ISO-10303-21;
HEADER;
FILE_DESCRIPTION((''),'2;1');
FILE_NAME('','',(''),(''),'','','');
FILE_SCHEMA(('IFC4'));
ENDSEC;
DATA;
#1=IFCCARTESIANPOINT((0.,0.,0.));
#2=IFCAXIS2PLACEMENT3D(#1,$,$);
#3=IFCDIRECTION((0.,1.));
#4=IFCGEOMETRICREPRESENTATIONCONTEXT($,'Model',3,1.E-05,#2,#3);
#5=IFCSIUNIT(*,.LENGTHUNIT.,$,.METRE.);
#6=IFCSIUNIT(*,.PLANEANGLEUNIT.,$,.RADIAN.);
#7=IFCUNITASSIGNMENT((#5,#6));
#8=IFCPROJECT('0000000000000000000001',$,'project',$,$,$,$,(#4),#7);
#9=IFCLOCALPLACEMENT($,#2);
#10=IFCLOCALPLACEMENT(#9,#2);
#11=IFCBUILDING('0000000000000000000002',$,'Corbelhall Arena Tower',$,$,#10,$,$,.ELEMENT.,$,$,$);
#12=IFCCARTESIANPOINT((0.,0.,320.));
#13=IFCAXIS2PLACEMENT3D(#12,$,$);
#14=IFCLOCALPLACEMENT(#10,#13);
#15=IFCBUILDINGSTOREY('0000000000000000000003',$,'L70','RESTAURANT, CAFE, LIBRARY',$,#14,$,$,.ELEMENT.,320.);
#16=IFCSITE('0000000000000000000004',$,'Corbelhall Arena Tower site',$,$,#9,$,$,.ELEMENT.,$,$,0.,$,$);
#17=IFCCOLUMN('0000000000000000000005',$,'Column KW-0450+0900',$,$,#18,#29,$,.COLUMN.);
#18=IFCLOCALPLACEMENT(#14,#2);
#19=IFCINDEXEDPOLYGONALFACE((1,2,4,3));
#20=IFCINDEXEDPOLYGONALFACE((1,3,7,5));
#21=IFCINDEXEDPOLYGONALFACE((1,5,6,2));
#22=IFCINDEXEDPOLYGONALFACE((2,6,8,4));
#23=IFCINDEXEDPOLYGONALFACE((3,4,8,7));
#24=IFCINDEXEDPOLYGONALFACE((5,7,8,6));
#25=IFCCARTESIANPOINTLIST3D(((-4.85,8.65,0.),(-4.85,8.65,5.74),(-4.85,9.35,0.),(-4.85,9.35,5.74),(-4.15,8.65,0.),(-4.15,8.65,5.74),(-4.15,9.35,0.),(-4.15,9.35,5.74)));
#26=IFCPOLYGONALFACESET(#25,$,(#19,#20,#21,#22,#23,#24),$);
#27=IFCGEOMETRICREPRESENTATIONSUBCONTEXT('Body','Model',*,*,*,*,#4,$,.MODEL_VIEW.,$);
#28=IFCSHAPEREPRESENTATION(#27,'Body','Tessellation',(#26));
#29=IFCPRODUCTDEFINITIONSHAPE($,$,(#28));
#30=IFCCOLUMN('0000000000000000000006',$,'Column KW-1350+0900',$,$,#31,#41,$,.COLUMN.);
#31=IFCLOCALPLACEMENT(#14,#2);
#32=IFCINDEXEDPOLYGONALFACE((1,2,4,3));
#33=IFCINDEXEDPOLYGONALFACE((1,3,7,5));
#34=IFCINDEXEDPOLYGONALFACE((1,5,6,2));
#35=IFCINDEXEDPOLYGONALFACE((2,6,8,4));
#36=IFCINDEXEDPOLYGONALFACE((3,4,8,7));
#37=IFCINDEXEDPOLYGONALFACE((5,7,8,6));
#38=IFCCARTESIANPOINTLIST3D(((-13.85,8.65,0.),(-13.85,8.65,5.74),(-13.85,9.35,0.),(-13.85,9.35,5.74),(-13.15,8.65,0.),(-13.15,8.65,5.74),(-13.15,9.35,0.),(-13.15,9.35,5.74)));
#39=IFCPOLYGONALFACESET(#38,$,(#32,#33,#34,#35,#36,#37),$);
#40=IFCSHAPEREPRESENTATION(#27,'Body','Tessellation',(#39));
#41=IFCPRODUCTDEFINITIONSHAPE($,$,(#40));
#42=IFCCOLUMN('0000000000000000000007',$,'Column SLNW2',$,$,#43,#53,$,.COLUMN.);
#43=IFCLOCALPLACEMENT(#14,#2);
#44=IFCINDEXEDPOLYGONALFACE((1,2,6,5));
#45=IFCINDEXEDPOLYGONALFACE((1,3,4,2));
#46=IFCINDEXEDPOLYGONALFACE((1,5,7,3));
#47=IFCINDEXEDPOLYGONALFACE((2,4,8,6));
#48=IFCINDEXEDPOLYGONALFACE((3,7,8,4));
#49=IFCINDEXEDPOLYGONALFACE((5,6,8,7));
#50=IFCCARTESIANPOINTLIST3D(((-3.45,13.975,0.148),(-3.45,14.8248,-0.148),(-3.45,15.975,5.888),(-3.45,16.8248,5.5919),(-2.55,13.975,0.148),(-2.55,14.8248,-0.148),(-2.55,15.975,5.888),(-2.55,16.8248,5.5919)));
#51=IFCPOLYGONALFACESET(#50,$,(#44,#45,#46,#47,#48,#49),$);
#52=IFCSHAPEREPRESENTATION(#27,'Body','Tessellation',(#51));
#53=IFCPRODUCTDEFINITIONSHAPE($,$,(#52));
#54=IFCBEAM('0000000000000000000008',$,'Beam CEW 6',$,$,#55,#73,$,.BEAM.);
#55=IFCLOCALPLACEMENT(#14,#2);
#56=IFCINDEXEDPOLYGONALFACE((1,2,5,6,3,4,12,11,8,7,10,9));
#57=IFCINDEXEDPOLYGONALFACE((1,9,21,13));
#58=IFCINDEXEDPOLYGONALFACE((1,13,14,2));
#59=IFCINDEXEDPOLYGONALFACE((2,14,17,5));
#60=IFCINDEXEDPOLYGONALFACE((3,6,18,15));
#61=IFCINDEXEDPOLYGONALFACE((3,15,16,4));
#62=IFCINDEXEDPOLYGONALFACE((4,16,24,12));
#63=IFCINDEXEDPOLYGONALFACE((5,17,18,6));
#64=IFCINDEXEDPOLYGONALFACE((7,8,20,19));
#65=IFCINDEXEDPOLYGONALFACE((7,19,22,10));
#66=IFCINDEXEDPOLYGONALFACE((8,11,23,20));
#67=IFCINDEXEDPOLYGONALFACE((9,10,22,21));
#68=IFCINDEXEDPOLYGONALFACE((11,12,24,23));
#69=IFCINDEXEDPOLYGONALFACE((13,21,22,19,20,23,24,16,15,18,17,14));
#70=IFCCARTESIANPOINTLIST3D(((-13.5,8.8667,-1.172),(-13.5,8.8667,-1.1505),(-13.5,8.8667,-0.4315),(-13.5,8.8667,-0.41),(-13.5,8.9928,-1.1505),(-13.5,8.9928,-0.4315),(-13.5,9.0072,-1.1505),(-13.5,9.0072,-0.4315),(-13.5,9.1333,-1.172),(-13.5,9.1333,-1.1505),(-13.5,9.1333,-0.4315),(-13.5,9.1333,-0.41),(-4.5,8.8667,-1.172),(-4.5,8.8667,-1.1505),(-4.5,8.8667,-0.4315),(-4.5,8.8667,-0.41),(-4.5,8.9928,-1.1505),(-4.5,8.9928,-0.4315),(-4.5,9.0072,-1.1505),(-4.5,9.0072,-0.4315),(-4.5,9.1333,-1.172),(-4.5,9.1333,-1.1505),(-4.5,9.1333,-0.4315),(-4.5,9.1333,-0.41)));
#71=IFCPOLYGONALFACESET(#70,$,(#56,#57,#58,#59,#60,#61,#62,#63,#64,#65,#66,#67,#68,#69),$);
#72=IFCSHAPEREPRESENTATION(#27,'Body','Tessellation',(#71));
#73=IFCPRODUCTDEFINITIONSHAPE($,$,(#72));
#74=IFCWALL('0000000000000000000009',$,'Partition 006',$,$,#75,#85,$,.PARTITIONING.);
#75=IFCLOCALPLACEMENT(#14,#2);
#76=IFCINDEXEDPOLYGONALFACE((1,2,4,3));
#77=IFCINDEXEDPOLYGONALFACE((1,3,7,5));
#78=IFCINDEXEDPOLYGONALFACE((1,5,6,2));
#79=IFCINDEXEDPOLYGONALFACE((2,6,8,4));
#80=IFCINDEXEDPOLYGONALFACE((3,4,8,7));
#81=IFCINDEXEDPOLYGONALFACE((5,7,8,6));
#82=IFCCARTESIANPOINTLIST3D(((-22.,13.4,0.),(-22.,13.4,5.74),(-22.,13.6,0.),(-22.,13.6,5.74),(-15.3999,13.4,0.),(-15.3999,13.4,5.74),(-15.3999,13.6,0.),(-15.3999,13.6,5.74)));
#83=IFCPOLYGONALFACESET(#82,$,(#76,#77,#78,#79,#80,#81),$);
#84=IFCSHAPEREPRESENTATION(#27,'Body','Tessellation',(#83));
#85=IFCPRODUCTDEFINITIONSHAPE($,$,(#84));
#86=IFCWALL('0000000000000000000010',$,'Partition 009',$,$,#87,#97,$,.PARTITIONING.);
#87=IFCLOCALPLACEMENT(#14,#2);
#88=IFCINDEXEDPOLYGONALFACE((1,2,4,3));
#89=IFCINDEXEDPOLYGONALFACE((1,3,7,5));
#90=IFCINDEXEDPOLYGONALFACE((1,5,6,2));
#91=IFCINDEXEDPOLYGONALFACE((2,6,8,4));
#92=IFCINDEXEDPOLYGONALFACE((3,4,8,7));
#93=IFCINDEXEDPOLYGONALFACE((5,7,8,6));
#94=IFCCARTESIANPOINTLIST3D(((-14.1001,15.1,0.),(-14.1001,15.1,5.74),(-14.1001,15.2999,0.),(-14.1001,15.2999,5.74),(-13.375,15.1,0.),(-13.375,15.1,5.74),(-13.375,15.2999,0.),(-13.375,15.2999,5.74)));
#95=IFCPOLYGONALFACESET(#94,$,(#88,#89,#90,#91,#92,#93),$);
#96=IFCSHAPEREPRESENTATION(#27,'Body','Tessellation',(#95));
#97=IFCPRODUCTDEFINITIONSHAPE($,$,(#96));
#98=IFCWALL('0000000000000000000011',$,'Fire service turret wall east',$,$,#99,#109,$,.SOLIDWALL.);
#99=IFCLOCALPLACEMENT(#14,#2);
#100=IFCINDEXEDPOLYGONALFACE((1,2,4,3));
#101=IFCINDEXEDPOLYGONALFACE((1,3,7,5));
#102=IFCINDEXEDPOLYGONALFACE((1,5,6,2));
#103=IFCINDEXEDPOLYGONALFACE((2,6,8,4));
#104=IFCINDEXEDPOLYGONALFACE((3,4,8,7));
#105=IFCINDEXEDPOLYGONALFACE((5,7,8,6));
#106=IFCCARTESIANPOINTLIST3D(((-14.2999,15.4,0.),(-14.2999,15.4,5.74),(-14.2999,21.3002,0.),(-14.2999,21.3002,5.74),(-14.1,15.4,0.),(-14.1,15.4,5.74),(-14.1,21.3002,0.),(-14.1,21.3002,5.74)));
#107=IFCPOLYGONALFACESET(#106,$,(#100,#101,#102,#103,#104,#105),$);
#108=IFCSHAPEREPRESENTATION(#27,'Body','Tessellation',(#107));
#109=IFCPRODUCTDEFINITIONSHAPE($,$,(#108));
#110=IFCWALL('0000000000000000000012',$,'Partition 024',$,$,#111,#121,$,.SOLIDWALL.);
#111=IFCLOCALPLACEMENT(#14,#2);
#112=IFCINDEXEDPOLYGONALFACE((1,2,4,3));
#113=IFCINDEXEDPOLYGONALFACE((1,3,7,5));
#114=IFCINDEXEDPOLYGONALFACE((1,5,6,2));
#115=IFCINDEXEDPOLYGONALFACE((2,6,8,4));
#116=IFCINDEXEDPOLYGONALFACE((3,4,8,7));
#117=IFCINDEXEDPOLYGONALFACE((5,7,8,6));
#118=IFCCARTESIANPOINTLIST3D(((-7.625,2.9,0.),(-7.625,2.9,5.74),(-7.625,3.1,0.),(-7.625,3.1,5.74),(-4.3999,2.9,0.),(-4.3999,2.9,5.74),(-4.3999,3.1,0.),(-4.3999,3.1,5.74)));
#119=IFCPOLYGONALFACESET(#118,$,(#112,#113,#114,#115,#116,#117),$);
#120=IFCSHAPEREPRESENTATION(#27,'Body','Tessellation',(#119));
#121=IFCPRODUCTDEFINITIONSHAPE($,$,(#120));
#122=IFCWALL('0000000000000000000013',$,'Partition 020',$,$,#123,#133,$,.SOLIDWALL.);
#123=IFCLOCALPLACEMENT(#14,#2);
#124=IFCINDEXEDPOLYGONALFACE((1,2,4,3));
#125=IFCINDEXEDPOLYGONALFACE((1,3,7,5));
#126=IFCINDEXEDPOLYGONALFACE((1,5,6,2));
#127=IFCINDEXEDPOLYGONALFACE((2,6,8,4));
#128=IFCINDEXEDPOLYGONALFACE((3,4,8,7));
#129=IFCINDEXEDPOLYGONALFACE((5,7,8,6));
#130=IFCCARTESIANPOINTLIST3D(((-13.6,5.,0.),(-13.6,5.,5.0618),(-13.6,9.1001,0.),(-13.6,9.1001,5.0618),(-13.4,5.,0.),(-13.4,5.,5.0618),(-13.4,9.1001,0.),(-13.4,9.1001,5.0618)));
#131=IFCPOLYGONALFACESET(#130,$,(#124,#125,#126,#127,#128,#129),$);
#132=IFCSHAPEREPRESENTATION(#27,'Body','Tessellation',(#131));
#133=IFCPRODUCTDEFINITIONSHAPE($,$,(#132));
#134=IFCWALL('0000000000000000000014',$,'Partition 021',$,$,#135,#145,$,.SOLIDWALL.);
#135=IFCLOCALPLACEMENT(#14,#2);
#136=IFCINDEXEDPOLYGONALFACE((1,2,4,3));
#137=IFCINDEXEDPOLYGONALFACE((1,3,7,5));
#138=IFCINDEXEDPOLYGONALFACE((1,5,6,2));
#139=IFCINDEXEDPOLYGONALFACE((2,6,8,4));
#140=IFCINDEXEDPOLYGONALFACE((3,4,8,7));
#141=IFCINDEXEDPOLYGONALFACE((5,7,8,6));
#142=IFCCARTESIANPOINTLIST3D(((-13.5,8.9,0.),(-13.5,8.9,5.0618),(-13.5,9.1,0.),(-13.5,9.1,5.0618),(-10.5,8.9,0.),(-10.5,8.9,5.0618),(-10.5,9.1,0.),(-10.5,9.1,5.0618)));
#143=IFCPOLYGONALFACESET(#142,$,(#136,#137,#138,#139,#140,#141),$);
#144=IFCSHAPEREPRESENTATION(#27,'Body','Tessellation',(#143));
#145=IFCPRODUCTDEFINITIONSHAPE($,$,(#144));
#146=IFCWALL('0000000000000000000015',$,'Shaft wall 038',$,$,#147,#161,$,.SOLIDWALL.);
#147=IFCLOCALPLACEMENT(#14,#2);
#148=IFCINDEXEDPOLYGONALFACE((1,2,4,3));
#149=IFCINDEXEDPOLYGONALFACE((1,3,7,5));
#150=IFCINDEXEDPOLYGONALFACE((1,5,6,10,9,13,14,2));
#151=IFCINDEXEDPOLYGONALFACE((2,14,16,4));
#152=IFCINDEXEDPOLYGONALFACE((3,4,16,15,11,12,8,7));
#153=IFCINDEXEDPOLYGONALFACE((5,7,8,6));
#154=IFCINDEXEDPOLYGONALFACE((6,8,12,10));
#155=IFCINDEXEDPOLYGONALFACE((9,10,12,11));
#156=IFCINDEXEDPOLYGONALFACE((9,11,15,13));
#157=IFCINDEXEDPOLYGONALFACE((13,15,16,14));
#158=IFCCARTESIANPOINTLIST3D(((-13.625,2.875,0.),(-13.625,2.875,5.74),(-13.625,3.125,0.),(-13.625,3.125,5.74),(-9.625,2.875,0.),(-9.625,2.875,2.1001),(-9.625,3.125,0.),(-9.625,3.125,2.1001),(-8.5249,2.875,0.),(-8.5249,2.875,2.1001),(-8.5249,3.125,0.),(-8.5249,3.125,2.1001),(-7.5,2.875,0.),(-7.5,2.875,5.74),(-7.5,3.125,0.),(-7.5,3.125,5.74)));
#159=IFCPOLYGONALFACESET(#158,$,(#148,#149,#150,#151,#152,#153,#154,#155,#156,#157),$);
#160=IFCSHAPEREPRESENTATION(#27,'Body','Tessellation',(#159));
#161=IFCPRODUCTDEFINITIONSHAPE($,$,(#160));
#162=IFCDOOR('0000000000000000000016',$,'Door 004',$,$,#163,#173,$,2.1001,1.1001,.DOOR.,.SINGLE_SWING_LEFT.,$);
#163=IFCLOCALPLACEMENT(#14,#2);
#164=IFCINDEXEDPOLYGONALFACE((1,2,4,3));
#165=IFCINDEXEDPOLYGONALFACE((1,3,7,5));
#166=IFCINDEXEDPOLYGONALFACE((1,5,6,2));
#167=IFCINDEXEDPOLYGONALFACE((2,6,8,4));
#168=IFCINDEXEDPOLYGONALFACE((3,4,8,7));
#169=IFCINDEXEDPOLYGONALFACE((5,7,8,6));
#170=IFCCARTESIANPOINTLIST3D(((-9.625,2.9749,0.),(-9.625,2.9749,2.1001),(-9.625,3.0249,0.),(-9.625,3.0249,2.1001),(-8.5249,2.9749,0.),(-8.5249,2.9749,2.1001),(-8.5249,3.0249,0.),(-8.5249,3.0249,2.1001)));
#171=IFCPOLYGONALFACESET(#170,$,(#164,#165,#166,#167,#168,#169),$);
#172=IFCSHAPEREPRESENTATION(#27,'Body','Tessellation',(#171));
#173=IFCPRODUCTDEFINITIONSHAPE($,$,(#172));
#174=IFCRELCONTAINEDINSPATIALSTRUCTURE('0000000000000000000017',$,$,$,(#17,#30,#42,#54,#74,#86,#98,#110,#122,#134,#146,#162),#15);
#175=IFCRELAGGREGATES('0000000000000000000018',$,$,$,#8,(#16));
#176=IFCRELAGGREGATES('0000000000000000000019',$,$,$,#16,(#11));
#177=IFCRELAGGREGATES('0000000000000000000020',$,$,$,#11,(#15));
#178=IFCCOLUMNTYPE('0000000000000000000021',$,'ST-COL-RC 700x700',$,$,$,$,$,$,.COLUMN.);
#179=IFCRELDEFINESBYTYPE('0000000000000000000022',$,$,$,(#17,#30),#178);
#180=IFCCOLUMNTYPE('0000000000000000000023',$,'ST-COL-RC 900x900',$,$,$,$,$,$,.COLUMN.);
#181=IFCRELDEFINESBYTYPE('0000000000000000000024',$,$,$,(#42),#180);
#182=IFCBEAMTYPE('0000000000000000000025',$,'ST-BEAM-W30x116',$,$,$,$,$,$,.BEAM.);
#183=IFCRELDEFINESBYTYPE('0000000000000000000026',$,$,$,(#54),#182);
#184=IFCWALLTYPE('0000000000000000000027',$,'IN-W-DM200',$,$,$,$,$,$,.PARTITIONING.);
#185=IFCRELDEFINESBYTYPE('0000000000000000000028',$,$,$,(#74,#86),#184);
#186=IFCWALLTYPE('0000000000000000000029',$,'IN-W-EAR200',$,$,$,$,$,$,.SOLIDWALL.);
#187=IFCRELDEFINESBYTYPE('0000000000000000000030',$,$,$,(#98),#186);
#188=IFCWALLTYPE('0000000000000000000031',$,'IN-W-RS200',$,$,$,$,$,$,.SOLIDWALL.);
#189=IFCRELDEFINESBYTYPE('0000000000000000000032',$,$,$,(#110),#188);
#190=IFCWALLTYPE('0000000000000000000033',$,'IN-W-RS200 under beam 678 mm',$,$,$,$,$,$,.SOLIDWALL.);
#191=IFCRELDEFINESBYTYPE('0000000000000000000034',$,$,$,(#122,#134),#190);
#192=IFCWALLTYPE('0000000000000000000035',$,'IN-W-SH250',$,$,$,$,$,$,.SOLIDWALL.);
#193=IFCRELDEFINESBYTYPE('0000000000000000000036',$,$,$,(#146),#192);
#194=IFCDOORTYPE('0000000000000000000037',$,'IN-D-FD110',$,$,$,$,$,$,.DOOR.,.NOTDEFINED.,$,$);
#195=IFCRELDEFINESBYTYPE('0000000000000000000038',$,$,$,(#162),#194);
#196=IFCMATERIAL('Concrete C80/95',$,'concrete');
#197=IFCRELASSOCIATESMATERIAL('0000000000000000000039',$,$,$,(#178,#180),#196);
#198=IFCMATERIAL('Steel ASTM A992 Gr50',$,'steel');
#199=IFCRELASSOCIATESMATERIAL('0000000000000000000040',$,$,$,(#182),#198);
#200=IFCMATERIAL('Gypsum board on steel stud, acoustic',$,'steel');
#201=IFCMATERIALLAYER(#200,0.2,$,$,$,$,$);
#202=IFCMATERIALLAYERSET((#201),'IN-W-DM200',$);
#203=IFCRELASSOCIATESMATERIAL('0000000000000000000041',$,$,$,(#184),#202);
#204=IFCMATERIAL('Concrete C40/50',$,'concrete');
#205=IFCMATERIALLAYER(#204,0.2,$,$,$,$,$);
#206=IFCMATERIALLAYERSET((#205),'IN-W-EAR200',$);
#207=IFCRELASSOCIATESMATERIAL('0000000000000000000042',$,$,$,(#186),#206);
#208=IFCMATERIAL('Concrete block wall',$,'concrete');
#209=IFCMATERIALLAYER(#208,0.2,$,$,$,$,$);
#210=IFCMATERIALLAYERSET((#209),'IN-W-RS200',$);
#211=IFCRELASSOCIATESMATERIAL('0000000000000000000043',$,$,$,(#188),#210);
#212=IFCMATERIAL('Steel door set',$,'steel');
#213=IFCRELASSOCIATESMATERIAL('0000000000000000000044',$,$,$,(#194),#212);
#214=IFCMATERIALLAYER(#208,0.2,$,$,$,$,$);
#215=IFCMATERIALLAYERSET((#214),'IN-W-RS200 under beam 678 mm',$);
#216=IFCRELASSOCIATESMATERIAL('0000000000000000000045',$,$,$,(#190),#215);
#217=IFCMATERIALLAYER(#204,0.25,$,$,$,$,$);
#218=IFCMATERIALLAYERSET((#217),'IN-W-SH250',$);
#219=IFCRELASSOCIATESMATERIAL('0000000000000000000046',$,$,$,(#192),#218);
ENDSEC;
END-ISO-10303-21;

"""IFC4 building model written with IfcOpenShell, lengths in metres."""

from ifc_helpers import new_model, si_unit, direction, frame, frame_2d, origin, origin_2d, place, context, subcontext, project, spatial, rectangle, i_section, extrude, material, layer, layer_set, material_profile, profile_set, type_object, element, fill, save


model = new_model("IFC4")

# Units and contexts
model_context = context("Model", 3, precision=1e-05, world=origin(), true_north=direction((0.0, 1.0)))
body_context = subcontext(model_context, "Body", "Model", "MODEL_VIEW")
ifc_project = project(units=[si_unit("LENGTHUNIT", "METRE"), si_unit("PLANEANGLEUNIT", "RADIAN")], contexts=[model_context])

# Site, building, storey
site_placement = place(None, origin())
site = spatial("IfcSite", under=ifc_project, at=site_placement, Name="Corbelhall Arena Tower site", CompositionType="ELEMENT", RefElevation=0.0)
building_placement = place(site_placement, origin())
building = spatial("IfcBuilding", under=site, at=building_placement, Name="Corbelhall Arena Tower", CompositionType="ELEMENT")
storey_placement = place(building_placement, frame((0.0, 0.0, 320.0)))
storey = spatial("IfcBuildingStorey", under=building, at=storey_placement, Name="L70", Description="RESTAURANT, CAFE, LIBRARY", CompositionType="ELEMENT", Elevation=320.0)

# Columns
ifc_material_1 = material(Name="Concrete C80/95", Category="concrete")
ifc_material_profile_1 = material_profile(ifc_material_1, rectangle(XDim=0.7, YDim=0.7, at=origin_2d()))
ifc_profile_set_1 = profile_set([ifc_material_profile_1], Name="Concrete C80/95")
column_type_1 = type_object("IfcColumnType", Name="ST-COL-RC 700x700", PredefinedType="COLUMN", material=ifc_profile_set_1)
for number, where, z_axis, x_axis, name in (
    (1, (-4.5, 9.0, 0.0), (0.0, 0.0, 1.0), (1.0, 0.0, 0.0), "Column KW-0450+0900"),
    (2, (-13.5, 9.0, 0.0), (0.0, 0.0, 1.0), (1.0, 0.0, 0.0), "Column KW-1350+0900"),
):
    element("IfcColumn", number, at=place(storey_placement, frame(where, z_axis=z_axis, x_axis=x_axis)), inside=storey, type_object=column_type_1, Name=name, PredefinedType="COLUMN", context=body_context, shape_type="SweptSolid", body=[
        extrude(rectangle(XDim=0.7, YDim=0.7, at=origin_2d()), origin(), (0.0, 0.0, 1.0), 5.74),
    ])
ifc_material_profile_2 = material_profile(ifc_material_1, rectangle(XDim=0.8999, YDim=0.8999, at=origin_2d()))
ifc_profile_set_2 = profile_set([ifc_material_profile_2], Name="Concrete C80/95")
column_type_2 = type_object("IfcColumnType", Name="ST-COL-RC 900x900", PredefinedType="COLUMN", material=ifc_profile_set_2)
column_placement = place(storey_placement, frame((-3.0, 14.3999, 0.0), z_axis=(0.0, 0.329032, 0.944319), x_axis=(-1.0, 0.0, 0.0)))
element("IfcColumn", 3, at=column_placement, inside=storey, type_object=column_type_2, Name="Column SLNW2", PredefinedType="COLUMN", context=body_context, shape_type="SweptSolid", body=[
    extrude(rectangle(XDim=0.8999, YDim=0.8999, at=origin_2d()), origin(), (0.0, 0.0, 1.0), 6.0784),
])

# Beam
ifc_material_2 = material(Name="Steel ASTM A992 Gr50", Category="steel")
ifc_material_profile_3 = material_profile(ifc_material_2, i_section(OverallWidth=0.2666, OverallDepth=0.762, WebThickness=0.0144, FlangeThickness=0.0215, at=origin_2d()))
ifc_profile_set_3 = profile_set([ifc_material_profile_3], Name="Steel ASTM A992 Gr50")
beam_type = type_object("IfcBeamType", Name="ST-BEAM-W30x116", PredefinedType="BEAM", material=ifc_profile_set_3)
beam_placement = place(storey_placement, frame((-13.5, 9.0, -0.791), z_axis=(1.0, 0.0, 0.0), x_axis=(0.0, 1.0, 0.0)))
element("IfcBeam", 4, at=beam_placement, inside=storey, type_object=beam_type, Name="Beam CEW 6", PredefinedType="BEAM", context=body_context, shape_type="SweptSolid", body=[
    extrude(i_section(OverallWidth=0.2666, OverallDepth=0.762, WebThickness=0.0144, FlangeThickness=0.0215, at=origin_2d()), origin(), (0.0, 0.0, 1.0), 9.0),
])

# Walls
ifc_material_3 = material(Name="Gypsum board on steel stud, acoustic", Category="steel")
ifc_layer_1 = layer(ifc_material_3, 0.2)
ifc_layer_set_1 = layer_set([ifc_layer_1], Name="IN-W-DM200")
wall_type_1 = type_object("IfcWallType", Name="IN-W-DM200", PredefinedType="PARTITIONING", material=ifc_layer_set_1)
wall_1_placement = place(storey_placement, frame((-15.3999, 13.5, 0.0), z_axis=(0.0, 0.0, 1.0), x_axis=(-1.0, 0.0, 0.0)))
element("IfcWall", 5, at=wall_1_placement, inside=storey, type_object=wall_type_1, Name="Partition 006", PredefinedType="PARTITIONING", context=body_context, shape_type="SweptSolid", body=[
    extrude(rectangle(XDim=6.6001, YDim=0.2, at=frame_2d((3.3, 0.0))), origin(), (0.0, 0.0, 1.0), 5.74),
])
wall_2_placement = place(storey_placement, frame((-14.1001, 15.2, 0.0), z_axis=(0.0, 0.0, 1.0), x_axis=(1.0, 0.0, 0.0)))
element("IfcWall", 6, at=wall_2_placement, inside=storey, type_object=wall_type_1, Name="Partition 009", PredefinedType="PARTITIONING", context=body_context, shape_type="SweptSolid", body=[
    extrude(rectangle(XDim=0.7251, YDim=0.2, at=frame_2d((0.3625, 0.0))), origin(), (0.0, 0.0, 1.0), 5.74),
])

# Wall
ifc_material_4 = material(Name="Concrete C40/50", Category="concrete")
ifc_layer_2 = layer(ifc_material_4, 0.2)
ifc_layer_set_2 = layer_set([ifc_layer_2], Name="IN-W-EAR200")
wall_type_2 = type_object("IfcWallType", Name="IN-W-EAR200", PredefinedType="SOLIDWALL", material=ifc_layer_set_2)
wall_3_placement = place(storey_placement, frame((-14.2, 15.3999, 0.0), z_axis=(0.0, 0.0, 1.0), x_axis=(0.0, 1.0, 0.0)))
element("IfcWall", 7, at=wall_3_placement, inside=storey, type_object=wall_type_2, Name="Fire service turret wall east", PredefinedType="SOLIDWALL", context=body_context, shape_type="SweptSolid", body=[
    extrude(rectangle(XDim=5.9001, YDim=0.2, at=frame_2d((2.9502, 0.0))), origin(), (0.0, 0.0, 1.0), 5.74),
])

# Shared definitions
ifc_material_5 = material(Name="Concrete block wall", Category="concrete")
ifc_layer_3 = layer(ifc_material_5, 0.2)
ifc_layer_set_3 = layer_set([ifc_layer_3], Name="IN-W-RS200")
wall_type_3 = type_object("IfcWallType", Name="IN-W-RS200", PredefinedType="SOLIDWALL", material=ifc_layer_set_3)
ifc_material_6 = material(Name="Steel door set", Category="steel")
door_type_1 = type_object("IfcDoorType", Name="IN-D-FD110", OperationType="NOTDEFINED", PredefinedType="DOOR", material=ifc_material_6)

# Walls
wall_4_placement = place(storey_placement, frame((-7.625, 3.0, 0.0), z_axis=(0.0, 0.0, 1.0), x_axis=(1.0, 0.0, 0.0)))
element("IfcWall", 8, at=wall_4_placement, inside=storey, type_object=wall_type_3, Name="Partition 024", PredefinedType="SOLIDWALL", context=body_context, shape_type="SweptSolid", body=[
    extrude(rectangle(XDim=3.2251, YDim=0.2, at=frame_2d((1.6125, 0.0))), origin(), (0.0, 0.0, 1.0), 5.74),
])
ifc_layer_4 = layer(ifc_material_5, 0.2)
ifc_layer_set_4 = layer_set([ifc_layer_4], Name="IN-W-RS200 under beam 678 mm")
wall_type_4 = type_object("IfcWallType", Name="IN-W-RS200 under beam 678 mm", PredefinedType="SOLIDWALL", material=ifc_layer_set_4)
wall_5_placement = place(storey_placement, frame((-13.5, 5.0, 0.0), z_axis=(0.0, 0.0, 1.0), x_axis=(0.0, 1.0, 0.0)))
element("IfcWall", 9, at=wall_5_placement, inside=storey, type_object=wall_type_4, Name="Partition 020", PredefinedType="SOLIDWALL", context=body_context, shape_type="SweptSolid", body=[
    extrude(rectangle(XDim=4.1001, YDim=0.2, at=frame_2d((2.05, 0.0))), origin(), (0.0, 0.0, 1.0), 5.0618),
])
wall_6_placement = place(storey_placement, frame((-13.5, 9.0, 0.0), z_axis=(0.0, 0.0, 1.0), x_axis=(1.0, 0.0, 0.0)))
element("IfcWall", 10, at=wall_6_placement, inside=storey, type_object=wall_type_4, Name="Partition 021", PredefinedType="SOLIDWALL", context=body_context, shape_type="SweptSolid", body=[
    extrude(rectangle(XDim=3.0, YDim=0.2, at=frame_2d((1.5, 0.0))), origin(), (0.0, 0.0, 1.0), 5.0618),
])

# Wall, opening, door
ifc_layer_5 = layer(ifc_material_4, 0.25)
ifc_layer_set_5 = layer_set([ifc_layer_5], Name="IN-W-SH250")
wall_type_5 = type_object("IfcWallType", Name="IN-W-SH250", PredefinedType="SOLIDWALL", material=ifc_layer_set_5)
wall_7_placement = place(storey_placement, frame((-13.625, 3.0, 0.0), z_axis=(0.0, 0.0, 1.0), x_axis=(1.0, 0.0, 0.0)))
wall_7 = element("IfcWall", 11, at=wall_7_placement, inside=storey, type_object=wall_type_5, Name="Shaft wall 038", PredefinedType="SOLIDWALL", context=body_context, shape_type="SweptSolid", body=[
    extrude(rectangle(XDim=6.125, YDim=0.25, at=frame_2d((3.0625, 0.0))), origin(), (0.0, 0.0, 1.0), 5.74),
])
opening_1_placement = place(wall_7_placement, frame((4.0, 0.0, 0.0)))
opening_1 = element("IfcOpeningElement", 12, at=opening_1_placement, cuts=wall_7, PredefinedType="OPENING", context=body_context, shape_type="SweptSolid", body=[
    extrude(rectangle(XDim=1.1001, YDim=2.1001, at=frame_2d((0.55, 1.05))), frame((0.0, 0.125, 0.0), z_axis=(0.0, -1.0, 0.0), x_axis=(1.0, 0.0, 0.0)), (0.0, 0.0, 1.0), 0.25),
])
door_1_placement = place(opening_1_placement, origin())
door_1 = element("IfcDoor", 13, at=door_1_placement, inside=storey, type_object=door_type_1, Name="Door 004", OperationType="SINGLE_SWING_LEFT", OverallHeight=2.1001, OverallWidth=1.1001, PredefinedType="DOOR", context=body_context, shape_type="SweptSolid", body=[
    extrude(rectangle(XDim=1.1001, YDim=2.1001, at=frame_2d((0.55, 1.05))), frame((0.0, 0.0249, 0.0), z_axis=(0.0, -1.0, 0.0), x_axis=(1.0, 0.0, 0.0)), (0.0, 0.0, 1.0), 0.05),
])
fill(opening_1, door_1)

save(model, "model.ifc")
